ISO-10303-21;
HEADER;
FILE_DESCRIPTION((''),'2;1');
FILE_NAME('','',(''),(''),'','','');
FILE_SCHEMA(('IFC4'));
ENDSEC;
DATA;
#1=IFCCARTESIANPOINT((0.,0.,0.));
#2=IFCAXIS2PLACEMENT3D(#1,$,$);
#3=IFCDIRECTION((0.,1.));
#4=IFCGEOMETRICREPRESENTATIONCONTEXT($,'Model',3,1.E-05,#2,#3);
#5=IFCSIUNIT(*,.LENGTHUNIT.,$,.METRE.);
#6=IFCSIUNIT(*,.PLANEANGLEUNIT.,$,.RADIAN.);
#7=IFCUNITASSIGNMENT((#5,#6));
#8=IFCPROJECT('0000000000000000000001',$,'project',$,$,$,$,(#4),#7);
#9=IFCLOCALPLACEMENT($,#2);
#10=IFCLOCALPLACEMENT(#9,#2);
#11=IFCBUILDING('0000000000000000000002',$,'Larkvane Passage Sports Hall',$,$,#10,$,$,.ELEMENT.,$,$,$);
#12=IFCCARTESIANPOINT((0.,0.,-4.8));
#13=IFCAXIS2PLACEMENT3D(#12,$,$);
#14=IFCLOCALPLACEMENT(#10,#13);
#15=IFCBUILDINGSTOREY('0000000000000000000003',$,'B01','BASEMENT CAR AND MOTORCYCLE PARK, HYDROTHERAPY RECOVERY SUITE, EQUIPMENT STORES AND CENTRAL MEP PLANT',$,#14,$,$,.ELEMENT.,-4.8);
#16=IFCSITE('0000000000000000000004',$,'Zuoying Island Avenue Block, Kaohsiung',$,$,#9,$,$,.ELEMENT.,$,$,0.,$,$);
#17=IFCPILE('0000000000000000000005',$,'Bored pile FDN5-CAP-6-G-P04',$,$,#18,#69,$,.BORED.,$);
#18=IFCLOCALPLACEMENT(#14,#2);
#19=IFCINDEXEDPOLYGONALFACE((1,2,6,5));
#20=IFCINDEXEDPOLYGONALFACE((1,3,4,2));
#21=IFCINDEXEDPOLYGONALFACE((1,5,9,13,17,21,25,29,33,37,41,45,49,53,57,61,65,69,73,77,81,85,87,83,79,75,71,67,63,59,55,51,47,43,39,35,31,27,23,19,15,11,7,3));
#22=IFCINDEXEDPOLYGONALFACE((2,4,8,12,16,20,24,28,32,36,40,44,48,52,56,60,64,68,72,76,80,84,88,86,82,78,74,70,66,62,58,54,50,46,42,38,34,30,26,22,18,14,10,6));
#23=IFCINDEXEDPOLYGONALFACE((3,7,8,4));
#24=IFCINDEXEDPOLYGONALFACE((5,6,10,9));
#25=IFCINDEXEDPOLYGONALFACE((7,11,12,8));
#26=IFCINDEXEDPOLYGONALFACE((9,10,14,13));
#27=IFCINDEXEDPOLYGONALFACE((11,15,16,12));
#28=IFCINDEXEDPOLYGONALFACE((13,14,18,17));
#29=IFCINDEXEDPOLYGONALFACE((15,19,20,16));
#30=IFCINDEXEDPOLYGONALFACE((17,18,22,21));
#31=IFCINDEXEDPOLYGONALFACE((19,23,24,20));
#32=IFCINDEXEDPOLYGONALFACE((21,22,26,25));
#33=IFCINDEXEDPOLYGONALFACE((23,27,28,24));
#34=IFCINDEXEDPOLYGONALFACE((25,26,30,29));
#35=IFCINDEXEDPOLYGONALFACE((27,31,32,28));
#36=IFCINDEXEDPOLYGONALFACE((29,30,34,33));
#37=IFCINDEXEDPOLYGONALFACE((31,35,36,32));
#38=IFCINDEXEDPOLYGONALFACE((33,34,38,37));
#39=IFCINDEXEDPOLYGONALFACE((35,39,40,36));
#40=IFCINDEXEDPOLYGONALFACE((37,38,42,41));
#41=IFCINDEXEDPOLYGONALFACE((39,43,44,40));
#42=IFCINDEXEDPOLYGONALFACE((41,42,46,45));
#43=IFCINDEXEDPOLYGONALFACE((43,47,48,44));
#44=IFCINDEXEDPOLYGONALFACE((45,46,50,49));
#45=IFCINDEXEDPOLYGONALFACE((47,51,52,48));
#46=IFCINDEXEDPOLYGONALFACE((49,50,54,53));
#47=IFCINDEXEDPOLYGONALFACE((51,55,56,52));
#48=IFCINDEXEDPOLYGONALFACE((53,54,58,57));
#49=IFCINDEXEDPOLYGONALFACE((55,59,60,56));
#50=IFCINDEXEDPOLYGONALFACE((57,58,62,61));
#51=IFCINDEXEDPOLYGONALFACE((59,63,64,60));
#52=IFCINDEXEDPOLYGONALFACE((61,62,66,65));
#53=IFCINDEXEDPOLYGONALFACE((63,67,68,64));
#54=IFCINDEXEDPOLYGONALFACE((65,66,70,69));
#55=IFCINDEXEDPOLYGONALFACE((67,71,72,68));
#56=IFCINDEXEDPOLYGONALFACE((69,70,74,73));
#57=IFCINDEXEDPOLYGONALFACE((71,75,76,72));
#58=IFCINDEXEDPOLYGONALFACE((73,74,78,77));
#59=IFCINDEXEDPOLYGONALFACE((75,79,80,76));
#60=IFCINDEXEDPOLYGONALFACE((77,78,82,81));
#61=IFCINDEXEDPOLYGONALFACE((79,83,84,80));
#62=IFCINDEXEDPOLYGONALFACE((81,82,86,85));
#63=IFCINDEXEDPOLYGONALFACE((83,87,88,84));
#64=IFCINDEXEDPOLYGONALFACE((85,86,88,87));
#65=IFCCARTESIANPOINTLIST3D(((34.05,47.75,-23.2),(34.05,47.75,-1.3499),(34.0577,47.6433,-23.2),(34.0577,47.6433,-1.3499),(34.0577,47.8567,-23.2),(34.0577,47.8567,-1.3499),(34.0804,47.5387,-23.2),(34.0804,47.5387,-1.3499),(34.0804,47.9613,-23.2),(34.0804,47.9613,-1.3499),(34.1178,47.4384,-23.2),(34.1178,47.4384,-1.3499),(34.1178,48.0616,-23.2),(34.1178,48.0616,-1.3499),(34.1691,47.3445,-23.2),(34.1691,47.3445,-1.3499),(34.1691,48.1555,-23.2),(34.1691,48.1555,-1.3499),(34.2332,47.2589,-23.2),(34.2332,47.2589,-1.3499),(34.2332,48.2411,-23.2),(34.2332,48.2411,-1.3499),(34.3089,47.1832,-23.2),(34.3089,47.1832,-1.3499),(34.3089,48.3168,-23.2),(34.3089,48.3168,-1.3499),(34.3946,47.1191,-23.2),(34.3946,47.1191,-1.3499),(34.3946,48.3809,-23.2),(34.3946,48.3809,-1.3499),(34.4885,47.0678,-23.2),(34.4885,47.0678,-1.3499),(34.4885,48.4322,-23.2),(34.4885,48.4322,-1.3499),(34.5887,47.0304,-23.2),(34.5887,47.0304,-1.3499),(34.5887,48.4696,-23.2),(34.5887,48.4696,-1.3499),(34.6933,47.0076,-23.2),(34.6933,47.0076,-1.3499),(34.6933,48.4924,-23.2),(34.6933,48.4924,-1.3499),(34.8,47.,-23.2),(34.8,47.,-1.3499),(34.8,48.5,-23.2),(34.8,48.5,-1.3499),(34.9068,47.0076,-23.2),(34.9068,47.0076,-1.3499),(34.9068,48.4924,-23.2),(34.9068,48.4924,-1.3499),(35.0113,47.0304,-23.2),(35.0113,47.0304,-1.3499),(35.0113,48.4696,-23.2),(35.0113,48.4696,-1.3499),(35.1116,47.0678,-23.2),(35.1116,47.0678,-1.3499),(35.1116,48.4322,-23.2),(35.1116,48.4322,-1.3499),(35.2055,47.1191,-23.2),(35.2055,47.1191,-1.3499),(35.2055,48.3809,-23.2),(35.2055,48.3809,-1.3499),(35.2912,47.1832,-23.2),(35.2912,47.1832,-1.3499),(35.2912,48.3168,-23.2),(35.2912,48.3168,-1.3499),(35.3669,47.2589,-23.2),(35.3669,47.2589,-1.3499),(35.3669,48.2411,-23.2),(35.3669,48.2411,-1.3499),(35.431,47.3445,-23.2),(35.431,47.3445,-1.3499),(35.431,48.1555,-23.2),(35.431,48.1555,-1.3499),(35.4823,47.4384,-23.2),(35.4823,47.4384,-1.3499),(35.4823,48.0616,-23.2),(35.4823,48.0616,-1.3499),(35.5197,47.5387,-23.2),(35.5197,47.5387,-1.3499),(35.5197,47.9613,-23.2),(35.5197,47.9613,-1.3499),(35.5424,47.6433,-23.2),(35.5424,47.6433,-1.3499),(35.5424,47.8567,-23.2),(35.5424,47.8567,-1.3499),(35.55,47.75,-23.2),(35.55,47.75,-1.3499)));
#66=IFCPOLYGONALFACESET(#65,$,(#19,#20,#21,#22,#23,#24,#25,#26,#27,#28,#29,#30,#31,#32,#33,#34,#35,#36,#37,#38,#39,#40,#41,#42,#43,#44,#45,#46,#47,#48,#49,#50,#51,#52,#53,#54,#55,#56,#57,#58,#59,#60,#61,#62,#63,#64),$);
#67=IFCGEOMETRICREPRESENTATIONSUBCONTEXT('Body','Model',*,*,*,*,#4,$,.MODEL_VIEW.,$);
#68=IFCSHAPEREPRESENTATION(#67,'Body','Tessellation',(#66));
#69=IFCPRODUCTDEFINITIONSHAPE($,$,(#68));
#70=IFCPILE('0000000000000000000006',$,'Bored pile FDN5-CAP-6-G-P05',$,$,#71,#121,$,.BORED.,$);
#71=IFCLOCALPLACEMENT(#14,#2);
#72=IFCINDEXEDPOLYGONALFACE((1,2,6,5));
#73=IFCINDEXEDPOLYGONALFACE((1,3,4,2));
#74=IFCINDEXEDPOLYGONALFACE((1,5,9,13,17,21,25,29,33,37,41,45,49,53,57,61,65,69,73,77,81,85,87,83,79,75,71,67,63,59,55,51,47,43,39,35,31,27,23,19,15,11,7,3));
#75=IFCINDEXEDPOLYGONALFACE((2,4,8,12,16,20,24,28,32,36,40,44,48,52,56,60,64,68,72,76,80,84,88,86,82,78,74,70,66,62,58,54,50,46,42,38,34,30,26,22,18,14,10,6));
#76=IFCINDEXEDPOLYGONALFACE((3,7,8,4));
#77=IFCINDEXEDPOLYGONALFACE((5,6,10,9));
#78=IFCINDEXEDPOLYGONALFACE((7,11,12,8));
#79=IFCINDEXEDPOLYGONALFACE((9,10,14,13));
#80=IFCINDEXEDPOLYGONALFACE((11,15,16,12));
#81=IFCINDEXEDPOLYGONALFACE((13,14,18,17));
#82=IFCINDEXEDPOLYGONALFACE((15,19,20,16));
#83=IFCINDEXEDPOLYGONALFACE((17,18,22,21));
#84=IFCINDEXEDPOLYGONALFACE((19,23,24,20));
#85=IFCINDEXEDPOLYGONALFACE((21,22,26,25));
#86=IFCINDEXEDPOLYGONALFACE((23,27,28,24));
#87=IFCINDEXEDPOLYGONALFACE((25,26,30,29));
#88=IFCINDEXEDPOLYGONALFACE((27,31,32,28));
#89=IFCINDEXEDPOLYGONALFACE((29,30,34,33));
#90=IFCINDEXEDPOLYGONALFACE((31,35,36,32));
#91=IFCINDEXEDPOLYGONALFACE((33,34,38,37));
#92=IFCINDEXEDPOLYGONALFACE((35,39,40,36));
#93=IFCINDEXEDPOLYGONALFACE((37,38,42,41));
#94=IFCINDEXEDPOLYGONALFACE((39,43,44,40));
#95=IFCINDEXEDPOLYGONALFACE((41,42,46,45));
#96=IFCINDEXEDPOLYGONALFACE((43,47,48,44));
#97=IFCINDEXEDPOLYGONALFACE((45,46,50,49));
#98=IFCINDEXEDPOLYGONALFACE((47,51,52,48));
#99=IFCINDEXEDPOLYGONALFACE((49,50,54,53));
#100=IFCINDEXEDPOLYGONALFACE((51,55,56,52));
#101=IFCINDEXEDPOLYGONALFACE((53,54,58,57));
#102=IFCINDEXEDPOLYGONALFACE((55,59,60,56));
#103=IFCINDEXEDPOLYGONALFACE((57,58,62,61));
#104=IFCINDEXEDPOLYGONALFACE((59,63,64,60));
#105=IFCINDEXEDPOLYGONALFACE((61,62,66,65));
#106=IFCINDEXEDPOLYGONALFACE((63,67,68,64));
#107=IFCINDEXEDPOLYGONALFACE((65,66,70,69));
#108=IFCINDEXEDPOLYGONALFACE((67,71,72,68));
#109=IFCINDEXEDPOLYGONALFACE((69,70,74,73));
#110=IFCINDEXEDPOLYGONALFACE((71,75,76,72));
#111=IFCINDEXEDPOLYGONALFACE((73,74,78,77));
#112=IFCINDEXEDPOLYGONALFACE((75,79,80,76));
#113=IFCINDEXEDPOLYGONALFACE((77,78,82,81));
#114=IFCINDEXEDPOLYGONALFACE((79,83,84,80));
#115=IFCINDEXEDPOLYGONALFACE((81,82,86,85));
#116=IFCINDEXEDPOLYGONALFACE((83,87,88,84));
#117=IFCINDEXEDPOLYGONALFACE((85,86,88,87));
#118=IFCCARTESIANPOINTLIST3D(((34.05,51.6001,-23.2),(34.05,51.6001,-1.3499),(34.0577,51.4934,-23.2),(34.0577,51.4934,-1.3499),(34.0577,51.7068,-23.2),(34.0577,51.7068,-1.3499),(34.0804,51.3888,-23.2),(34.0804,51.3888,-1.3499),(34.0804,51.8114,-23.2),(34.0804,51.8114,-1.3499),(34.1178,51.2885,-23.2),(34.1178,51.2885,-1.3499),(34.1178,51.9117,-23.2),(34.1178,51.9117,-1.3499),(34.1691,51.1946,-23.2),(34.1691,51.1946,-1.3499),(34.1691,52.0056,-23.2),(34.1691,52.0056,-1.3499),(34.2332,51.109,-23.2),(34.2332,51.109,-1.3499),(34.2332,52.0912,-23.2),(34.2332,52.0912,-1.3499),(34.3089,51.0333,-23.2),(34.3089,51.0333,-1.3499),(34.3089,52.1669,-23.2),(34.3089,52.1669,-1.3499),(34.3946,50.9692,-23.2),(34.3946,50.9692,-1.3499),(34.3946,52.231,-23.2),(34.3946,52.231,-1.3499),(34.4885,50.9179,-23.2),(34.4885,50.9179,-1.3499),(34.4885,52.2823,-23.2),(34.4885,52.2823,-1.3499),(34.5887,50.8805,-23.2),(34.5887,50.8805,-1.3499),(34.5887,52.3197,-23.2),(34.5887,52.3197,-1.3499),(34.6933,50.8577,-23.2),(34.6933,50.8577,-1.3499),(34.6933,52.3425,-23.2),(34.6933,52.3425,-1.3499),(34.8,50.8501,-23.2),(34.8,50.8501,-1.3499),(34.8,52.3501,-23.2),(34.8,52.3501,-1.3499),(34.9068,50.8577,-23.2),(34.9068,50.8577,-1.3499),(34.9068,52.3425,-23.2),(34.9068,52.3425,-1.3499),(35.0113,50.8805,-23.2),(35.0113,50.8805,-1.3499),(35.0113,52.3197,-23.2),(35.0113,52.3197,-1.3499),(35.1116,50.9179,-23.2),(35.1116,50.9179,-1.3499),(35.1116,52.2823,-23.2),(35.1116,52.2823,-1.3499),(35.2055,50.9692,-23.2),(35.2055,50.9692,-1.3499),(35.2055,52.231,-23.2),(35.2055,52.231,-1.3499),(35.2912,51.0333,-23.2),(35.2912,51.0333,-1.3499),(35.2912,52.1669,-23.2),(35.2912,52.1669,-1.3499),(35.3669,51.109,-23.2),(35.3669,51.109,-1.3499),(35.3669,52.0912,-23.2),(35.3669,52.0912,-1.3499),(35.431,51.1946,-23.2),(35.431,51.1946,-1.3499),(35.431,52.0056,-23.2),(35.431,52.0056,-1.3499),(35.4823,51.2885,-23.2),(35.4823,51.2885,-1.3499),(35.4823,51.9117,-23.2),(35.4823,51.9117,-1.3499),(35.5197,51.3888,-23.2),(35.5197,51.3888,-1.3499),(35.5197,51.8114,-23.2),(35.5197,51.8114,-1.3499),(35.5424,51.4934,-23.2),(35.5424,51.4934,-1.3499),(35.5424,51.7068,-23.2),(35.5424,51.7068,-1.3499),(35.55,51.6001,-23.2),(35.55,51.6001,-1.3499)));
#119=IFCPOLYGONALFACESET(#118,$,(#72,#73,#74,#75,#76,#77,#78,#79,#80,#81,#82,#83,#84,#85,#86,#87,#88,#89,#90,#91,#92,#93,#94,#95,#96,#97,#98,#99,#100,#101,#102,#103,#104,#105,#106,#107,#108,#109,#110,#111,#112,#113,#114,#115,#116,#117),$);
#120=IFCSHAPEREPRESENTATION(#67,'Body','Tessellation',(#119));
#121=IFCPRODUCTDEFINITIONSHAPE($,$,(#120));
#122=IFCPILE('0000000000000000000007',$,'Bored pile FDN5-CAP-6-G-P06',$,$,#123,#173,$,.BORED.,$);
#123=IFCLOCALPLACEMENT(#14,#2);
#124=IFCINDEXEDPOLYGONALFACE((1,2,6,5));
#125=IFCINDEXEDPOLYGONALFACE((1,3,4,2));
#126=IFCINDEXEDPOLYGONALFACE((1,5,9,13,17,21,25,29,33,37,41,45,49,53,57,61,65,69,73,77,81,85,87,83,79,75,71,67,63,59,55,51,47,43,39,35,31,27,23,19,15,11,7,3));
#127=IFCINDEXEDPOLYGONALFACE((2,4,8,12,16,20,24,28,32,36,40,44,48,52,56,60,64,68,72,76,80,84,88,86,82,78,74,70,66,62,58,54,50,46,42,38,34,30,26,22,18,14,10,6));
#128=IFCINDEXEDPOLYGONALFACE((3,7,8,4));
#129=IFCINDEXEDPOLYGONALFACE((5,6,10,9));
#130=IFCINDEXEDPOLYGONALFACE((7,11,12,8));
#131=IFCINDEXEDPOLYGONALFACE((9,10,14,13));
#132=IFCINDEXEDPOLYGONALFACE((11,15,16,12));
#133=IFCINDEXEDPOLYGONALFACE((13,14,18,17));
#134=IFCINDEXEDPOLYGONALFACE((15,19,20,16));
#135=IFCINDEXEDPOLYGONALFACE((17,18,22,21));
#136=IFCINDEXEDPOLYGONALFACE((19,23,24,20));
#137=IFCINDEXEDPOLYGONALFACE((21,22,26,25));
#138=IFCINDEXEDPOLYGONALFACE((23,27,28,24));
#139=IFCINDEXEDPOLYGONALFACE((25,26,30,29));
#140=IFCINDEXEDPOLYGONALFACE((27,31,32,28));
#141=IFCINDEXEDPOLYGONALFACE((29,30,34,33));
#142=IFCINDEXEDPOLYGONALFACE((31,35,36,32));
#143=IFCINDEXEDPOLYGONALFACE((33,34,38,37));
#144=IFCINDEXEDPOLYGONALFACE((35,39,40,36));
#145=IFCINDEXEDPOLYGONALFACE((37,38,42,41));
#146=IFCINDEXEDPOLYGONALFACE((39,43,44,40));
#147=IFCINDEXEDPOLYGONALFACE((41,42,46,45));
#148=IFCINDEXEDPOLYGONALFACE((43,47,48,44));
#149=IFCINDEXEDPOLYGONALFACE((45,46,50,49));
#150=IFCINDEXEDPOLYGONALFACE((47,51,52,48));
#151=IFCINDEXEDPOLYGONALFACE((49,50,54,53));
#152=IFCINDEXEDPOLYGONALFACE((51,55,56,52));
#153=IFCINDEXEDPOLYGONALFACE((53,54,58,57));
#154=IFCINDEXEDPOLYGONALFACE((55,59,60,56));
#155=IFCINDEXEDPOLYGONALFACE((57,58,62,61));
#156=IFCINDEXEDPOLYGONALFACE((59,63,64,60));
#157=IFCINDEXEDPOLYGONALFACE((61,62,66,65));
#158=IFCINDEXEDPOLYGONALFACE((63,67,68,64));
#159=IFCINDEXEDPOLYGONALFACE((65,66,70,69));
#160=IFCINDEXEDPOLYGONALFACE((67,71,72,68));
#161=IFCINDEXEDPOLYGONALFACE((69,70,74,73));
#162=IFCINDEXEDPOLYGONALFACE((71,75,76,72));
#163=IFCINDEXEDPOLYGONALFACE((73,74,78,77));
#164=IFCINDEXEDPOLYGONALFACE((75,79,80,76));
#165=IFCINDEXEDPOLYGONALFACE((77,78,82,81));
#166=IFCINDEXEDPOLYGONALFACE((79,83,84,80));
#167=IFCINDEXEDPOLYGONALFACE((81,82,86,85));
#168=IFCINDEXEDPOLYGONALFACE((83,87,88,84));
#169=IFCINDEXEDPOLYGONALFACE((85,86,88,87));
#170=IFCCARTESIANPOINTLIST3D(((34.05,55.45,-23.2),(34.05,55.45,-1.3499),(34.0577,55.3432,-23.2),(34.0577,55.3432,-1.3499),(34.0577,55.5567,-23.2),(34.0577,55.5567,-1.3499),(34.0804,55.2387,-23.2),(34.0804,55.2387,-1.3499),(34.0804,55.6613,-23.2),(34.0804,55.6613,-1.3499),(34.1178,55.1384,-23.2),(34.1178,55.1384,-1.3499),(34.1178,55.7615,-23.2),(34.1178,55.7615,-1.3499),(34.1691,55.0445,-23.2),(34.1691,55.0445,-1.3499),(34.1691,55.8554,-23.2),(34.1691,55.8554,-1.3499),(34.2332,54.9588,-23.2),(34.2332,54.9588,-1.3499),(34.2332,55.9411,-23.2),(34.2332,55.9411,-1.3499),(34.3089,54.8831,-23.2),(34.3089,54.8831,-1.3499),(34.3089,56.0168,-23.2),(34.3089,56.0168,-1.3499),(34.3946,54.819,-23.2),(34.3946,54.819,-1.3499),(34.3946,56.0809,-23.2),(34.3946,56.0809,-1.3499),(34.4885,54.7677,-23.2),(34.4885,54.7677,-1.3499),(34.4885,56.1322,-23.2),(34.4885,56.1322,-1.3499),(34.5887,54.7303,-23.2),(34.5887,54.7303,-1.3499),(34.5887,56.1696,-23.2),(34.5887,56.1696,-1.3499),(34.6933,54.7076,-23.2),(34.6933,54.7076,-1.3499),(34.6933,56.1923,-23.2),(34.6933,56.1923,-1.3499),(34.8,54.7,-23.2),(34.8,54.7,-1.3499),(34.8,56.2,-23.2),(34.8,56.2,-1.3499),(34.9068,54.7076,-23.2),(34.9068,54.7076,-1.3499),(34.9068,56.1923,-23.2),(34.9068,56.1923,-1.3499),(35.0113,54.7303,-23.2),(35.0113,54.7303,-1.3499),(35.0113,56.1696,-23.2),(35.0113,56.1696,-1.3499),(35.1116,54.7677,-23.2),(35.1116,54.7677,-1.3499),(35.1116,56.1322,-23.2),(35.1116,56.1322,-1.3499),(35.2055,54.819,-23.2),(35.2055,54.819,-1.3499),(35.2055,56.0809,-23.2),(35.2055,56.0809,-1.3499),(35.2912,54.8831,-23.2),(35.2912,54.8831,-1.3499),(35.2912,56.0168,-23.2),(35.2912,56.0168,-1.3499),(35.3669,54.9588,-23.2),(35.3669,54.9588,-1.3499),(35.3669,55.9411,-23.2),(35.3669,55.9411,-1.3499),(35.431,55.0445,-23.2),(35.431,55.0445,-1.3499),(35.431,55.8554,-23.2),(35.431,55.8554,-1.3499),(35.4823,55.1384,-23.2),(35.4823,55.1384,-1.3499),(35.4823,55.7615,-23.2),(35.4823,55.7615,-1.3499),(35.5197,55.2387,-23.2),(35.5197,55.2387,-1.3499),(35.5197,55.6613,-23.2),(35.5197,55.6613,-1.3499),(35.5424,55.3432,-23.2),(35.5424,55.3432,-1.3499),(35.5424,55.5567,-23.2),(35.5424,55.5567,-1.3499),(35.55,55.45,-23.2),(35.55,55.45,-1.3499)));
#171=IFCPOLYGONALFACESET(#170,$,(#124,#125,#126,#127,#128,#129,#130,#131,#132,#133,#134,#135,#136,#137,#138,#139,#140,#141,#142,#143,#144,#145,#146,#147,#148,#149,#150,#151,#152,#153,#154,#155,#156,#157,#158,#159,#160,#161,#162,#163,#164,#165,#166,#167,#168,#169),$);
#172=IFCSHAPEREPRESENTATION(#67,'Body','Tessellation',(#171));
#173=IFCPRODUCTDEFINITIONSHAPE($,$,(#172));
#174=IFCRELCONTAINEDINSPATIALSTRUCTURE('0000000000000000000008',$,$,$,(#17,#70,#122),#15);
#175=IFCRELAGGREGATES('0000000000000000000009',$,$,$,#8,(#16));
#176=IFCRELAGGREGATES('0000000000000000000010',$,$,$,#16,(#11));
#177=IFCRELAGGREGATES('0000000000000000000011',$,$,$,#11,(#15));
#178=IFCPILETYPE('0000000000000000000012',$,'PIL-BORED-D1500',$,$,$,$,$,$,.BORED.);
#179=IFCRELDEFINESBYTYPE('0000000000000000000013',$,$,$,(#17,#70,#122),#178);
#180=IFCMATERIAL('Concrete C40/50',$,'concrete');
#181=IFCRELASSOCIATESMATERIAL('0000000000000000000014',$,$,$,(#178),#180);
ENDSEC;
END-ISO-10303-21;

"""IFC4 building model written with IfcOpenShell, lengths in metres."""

from ifc_helpers import new_model, si_unit, direction, frame, origin, origin_2d, place, context, subcontext, project, spatial, circle, extrude, material, material_profile, profile_set, type_object, element, save


model = new_model("IFC4")

# Units and contexts
model_context = context("Model", 3, precision=1e-05, world=origin(), true_north=direction((0.0, 1.0)))
body_context = subcontext(model_context, "Body", "Model", "MODEL_VIEW")
ifc_project = project(units=[si_unit("LENGTHUNIT", "METRE"), si_unit("PLANEANGLEUNIT", "RADIAN")], contexts=[model_context])

# Site, building, storey
site_placement = place(None, origin())
site = spatial("IfcSite", under=ifc_project, at=site_placement, Name="Zuoying Island Avenue Block, Kaohsiung", CompositionType="ELEMENT", RefElevation=0.0)
building_placement = place(site_placement, origin())
building = spatial("IfcBuilding", under=site, at=building_placement, Name="Larkvane Passage Sports Hall", CompositionType="ELEMENT")
storey_placement = place(building_placement, frame((0.0, 0.0, -4.8)))
storey = spatial("IfcBuildingStorey", under=building, at=storey_placement, Name="B01", Description="BASEMENT CAR AND MOTORCYCLE PARK, HYDROTHERAPY RECOVERY SUITE, EQUIPMENT STORES AND CENTRAL MEP PLANT", CompositionType="ELEMENT", Elevation=-4.8)

# Shared definitions
ifc_material_1 = material(Name="Concrete C40/50", Category="concrete")

# Piles
ifc_material_profile_1 = material_profile(ifc_material_1, circle(Radius=0.75, at=origin_2d()), Name="PILE-D1500")
ifc_profile_set_1 = profile_set([ifc_material_profile_1], Name="Concrete C40/50")
pile_type_1 = type_object("IfcPileType", Name="PIL-BORED-D1500", PredefinedType="BORED", material=ifc_profile_set_1)
for number, where, z_axis, x_axis, name in (
    (1, (34.8, 47.75, -1.3499), (0.0, 0.0, -1.0), (1.0, 0.0, 0.0), "Bored pile FDN5-CAP-6-G-P04"),
    (2, (34.8, 51.6001, -1.3499), (0.0, 0.0, -1.0), (1.0, 0.0, 0.0), "Bored pile FDN5-CAP-6-G-P05"),
    (3, (34.8, 55.45, -1.3499), (0.0, 0.0, -1.0), (1.0, 0.0, 0.0), "Bored pile FDN5-CAP-6-G-P06"),
):
    element("IfcPile", number, at=place(storey_placement, frame(where, z_axis=z_axis, x_axis=x_axis)), inside=storey, type_object=pile_type_1, Name=name, PredefinedType="BORED", context=body_context, shape_type="SweptSolid", body=[
        extrude(circle(Radius=0.75, at=origin_2d()), origin(), (0.0, 0.0, 1.0), 21.8501),
    ])

save(model, "model.ifc")
